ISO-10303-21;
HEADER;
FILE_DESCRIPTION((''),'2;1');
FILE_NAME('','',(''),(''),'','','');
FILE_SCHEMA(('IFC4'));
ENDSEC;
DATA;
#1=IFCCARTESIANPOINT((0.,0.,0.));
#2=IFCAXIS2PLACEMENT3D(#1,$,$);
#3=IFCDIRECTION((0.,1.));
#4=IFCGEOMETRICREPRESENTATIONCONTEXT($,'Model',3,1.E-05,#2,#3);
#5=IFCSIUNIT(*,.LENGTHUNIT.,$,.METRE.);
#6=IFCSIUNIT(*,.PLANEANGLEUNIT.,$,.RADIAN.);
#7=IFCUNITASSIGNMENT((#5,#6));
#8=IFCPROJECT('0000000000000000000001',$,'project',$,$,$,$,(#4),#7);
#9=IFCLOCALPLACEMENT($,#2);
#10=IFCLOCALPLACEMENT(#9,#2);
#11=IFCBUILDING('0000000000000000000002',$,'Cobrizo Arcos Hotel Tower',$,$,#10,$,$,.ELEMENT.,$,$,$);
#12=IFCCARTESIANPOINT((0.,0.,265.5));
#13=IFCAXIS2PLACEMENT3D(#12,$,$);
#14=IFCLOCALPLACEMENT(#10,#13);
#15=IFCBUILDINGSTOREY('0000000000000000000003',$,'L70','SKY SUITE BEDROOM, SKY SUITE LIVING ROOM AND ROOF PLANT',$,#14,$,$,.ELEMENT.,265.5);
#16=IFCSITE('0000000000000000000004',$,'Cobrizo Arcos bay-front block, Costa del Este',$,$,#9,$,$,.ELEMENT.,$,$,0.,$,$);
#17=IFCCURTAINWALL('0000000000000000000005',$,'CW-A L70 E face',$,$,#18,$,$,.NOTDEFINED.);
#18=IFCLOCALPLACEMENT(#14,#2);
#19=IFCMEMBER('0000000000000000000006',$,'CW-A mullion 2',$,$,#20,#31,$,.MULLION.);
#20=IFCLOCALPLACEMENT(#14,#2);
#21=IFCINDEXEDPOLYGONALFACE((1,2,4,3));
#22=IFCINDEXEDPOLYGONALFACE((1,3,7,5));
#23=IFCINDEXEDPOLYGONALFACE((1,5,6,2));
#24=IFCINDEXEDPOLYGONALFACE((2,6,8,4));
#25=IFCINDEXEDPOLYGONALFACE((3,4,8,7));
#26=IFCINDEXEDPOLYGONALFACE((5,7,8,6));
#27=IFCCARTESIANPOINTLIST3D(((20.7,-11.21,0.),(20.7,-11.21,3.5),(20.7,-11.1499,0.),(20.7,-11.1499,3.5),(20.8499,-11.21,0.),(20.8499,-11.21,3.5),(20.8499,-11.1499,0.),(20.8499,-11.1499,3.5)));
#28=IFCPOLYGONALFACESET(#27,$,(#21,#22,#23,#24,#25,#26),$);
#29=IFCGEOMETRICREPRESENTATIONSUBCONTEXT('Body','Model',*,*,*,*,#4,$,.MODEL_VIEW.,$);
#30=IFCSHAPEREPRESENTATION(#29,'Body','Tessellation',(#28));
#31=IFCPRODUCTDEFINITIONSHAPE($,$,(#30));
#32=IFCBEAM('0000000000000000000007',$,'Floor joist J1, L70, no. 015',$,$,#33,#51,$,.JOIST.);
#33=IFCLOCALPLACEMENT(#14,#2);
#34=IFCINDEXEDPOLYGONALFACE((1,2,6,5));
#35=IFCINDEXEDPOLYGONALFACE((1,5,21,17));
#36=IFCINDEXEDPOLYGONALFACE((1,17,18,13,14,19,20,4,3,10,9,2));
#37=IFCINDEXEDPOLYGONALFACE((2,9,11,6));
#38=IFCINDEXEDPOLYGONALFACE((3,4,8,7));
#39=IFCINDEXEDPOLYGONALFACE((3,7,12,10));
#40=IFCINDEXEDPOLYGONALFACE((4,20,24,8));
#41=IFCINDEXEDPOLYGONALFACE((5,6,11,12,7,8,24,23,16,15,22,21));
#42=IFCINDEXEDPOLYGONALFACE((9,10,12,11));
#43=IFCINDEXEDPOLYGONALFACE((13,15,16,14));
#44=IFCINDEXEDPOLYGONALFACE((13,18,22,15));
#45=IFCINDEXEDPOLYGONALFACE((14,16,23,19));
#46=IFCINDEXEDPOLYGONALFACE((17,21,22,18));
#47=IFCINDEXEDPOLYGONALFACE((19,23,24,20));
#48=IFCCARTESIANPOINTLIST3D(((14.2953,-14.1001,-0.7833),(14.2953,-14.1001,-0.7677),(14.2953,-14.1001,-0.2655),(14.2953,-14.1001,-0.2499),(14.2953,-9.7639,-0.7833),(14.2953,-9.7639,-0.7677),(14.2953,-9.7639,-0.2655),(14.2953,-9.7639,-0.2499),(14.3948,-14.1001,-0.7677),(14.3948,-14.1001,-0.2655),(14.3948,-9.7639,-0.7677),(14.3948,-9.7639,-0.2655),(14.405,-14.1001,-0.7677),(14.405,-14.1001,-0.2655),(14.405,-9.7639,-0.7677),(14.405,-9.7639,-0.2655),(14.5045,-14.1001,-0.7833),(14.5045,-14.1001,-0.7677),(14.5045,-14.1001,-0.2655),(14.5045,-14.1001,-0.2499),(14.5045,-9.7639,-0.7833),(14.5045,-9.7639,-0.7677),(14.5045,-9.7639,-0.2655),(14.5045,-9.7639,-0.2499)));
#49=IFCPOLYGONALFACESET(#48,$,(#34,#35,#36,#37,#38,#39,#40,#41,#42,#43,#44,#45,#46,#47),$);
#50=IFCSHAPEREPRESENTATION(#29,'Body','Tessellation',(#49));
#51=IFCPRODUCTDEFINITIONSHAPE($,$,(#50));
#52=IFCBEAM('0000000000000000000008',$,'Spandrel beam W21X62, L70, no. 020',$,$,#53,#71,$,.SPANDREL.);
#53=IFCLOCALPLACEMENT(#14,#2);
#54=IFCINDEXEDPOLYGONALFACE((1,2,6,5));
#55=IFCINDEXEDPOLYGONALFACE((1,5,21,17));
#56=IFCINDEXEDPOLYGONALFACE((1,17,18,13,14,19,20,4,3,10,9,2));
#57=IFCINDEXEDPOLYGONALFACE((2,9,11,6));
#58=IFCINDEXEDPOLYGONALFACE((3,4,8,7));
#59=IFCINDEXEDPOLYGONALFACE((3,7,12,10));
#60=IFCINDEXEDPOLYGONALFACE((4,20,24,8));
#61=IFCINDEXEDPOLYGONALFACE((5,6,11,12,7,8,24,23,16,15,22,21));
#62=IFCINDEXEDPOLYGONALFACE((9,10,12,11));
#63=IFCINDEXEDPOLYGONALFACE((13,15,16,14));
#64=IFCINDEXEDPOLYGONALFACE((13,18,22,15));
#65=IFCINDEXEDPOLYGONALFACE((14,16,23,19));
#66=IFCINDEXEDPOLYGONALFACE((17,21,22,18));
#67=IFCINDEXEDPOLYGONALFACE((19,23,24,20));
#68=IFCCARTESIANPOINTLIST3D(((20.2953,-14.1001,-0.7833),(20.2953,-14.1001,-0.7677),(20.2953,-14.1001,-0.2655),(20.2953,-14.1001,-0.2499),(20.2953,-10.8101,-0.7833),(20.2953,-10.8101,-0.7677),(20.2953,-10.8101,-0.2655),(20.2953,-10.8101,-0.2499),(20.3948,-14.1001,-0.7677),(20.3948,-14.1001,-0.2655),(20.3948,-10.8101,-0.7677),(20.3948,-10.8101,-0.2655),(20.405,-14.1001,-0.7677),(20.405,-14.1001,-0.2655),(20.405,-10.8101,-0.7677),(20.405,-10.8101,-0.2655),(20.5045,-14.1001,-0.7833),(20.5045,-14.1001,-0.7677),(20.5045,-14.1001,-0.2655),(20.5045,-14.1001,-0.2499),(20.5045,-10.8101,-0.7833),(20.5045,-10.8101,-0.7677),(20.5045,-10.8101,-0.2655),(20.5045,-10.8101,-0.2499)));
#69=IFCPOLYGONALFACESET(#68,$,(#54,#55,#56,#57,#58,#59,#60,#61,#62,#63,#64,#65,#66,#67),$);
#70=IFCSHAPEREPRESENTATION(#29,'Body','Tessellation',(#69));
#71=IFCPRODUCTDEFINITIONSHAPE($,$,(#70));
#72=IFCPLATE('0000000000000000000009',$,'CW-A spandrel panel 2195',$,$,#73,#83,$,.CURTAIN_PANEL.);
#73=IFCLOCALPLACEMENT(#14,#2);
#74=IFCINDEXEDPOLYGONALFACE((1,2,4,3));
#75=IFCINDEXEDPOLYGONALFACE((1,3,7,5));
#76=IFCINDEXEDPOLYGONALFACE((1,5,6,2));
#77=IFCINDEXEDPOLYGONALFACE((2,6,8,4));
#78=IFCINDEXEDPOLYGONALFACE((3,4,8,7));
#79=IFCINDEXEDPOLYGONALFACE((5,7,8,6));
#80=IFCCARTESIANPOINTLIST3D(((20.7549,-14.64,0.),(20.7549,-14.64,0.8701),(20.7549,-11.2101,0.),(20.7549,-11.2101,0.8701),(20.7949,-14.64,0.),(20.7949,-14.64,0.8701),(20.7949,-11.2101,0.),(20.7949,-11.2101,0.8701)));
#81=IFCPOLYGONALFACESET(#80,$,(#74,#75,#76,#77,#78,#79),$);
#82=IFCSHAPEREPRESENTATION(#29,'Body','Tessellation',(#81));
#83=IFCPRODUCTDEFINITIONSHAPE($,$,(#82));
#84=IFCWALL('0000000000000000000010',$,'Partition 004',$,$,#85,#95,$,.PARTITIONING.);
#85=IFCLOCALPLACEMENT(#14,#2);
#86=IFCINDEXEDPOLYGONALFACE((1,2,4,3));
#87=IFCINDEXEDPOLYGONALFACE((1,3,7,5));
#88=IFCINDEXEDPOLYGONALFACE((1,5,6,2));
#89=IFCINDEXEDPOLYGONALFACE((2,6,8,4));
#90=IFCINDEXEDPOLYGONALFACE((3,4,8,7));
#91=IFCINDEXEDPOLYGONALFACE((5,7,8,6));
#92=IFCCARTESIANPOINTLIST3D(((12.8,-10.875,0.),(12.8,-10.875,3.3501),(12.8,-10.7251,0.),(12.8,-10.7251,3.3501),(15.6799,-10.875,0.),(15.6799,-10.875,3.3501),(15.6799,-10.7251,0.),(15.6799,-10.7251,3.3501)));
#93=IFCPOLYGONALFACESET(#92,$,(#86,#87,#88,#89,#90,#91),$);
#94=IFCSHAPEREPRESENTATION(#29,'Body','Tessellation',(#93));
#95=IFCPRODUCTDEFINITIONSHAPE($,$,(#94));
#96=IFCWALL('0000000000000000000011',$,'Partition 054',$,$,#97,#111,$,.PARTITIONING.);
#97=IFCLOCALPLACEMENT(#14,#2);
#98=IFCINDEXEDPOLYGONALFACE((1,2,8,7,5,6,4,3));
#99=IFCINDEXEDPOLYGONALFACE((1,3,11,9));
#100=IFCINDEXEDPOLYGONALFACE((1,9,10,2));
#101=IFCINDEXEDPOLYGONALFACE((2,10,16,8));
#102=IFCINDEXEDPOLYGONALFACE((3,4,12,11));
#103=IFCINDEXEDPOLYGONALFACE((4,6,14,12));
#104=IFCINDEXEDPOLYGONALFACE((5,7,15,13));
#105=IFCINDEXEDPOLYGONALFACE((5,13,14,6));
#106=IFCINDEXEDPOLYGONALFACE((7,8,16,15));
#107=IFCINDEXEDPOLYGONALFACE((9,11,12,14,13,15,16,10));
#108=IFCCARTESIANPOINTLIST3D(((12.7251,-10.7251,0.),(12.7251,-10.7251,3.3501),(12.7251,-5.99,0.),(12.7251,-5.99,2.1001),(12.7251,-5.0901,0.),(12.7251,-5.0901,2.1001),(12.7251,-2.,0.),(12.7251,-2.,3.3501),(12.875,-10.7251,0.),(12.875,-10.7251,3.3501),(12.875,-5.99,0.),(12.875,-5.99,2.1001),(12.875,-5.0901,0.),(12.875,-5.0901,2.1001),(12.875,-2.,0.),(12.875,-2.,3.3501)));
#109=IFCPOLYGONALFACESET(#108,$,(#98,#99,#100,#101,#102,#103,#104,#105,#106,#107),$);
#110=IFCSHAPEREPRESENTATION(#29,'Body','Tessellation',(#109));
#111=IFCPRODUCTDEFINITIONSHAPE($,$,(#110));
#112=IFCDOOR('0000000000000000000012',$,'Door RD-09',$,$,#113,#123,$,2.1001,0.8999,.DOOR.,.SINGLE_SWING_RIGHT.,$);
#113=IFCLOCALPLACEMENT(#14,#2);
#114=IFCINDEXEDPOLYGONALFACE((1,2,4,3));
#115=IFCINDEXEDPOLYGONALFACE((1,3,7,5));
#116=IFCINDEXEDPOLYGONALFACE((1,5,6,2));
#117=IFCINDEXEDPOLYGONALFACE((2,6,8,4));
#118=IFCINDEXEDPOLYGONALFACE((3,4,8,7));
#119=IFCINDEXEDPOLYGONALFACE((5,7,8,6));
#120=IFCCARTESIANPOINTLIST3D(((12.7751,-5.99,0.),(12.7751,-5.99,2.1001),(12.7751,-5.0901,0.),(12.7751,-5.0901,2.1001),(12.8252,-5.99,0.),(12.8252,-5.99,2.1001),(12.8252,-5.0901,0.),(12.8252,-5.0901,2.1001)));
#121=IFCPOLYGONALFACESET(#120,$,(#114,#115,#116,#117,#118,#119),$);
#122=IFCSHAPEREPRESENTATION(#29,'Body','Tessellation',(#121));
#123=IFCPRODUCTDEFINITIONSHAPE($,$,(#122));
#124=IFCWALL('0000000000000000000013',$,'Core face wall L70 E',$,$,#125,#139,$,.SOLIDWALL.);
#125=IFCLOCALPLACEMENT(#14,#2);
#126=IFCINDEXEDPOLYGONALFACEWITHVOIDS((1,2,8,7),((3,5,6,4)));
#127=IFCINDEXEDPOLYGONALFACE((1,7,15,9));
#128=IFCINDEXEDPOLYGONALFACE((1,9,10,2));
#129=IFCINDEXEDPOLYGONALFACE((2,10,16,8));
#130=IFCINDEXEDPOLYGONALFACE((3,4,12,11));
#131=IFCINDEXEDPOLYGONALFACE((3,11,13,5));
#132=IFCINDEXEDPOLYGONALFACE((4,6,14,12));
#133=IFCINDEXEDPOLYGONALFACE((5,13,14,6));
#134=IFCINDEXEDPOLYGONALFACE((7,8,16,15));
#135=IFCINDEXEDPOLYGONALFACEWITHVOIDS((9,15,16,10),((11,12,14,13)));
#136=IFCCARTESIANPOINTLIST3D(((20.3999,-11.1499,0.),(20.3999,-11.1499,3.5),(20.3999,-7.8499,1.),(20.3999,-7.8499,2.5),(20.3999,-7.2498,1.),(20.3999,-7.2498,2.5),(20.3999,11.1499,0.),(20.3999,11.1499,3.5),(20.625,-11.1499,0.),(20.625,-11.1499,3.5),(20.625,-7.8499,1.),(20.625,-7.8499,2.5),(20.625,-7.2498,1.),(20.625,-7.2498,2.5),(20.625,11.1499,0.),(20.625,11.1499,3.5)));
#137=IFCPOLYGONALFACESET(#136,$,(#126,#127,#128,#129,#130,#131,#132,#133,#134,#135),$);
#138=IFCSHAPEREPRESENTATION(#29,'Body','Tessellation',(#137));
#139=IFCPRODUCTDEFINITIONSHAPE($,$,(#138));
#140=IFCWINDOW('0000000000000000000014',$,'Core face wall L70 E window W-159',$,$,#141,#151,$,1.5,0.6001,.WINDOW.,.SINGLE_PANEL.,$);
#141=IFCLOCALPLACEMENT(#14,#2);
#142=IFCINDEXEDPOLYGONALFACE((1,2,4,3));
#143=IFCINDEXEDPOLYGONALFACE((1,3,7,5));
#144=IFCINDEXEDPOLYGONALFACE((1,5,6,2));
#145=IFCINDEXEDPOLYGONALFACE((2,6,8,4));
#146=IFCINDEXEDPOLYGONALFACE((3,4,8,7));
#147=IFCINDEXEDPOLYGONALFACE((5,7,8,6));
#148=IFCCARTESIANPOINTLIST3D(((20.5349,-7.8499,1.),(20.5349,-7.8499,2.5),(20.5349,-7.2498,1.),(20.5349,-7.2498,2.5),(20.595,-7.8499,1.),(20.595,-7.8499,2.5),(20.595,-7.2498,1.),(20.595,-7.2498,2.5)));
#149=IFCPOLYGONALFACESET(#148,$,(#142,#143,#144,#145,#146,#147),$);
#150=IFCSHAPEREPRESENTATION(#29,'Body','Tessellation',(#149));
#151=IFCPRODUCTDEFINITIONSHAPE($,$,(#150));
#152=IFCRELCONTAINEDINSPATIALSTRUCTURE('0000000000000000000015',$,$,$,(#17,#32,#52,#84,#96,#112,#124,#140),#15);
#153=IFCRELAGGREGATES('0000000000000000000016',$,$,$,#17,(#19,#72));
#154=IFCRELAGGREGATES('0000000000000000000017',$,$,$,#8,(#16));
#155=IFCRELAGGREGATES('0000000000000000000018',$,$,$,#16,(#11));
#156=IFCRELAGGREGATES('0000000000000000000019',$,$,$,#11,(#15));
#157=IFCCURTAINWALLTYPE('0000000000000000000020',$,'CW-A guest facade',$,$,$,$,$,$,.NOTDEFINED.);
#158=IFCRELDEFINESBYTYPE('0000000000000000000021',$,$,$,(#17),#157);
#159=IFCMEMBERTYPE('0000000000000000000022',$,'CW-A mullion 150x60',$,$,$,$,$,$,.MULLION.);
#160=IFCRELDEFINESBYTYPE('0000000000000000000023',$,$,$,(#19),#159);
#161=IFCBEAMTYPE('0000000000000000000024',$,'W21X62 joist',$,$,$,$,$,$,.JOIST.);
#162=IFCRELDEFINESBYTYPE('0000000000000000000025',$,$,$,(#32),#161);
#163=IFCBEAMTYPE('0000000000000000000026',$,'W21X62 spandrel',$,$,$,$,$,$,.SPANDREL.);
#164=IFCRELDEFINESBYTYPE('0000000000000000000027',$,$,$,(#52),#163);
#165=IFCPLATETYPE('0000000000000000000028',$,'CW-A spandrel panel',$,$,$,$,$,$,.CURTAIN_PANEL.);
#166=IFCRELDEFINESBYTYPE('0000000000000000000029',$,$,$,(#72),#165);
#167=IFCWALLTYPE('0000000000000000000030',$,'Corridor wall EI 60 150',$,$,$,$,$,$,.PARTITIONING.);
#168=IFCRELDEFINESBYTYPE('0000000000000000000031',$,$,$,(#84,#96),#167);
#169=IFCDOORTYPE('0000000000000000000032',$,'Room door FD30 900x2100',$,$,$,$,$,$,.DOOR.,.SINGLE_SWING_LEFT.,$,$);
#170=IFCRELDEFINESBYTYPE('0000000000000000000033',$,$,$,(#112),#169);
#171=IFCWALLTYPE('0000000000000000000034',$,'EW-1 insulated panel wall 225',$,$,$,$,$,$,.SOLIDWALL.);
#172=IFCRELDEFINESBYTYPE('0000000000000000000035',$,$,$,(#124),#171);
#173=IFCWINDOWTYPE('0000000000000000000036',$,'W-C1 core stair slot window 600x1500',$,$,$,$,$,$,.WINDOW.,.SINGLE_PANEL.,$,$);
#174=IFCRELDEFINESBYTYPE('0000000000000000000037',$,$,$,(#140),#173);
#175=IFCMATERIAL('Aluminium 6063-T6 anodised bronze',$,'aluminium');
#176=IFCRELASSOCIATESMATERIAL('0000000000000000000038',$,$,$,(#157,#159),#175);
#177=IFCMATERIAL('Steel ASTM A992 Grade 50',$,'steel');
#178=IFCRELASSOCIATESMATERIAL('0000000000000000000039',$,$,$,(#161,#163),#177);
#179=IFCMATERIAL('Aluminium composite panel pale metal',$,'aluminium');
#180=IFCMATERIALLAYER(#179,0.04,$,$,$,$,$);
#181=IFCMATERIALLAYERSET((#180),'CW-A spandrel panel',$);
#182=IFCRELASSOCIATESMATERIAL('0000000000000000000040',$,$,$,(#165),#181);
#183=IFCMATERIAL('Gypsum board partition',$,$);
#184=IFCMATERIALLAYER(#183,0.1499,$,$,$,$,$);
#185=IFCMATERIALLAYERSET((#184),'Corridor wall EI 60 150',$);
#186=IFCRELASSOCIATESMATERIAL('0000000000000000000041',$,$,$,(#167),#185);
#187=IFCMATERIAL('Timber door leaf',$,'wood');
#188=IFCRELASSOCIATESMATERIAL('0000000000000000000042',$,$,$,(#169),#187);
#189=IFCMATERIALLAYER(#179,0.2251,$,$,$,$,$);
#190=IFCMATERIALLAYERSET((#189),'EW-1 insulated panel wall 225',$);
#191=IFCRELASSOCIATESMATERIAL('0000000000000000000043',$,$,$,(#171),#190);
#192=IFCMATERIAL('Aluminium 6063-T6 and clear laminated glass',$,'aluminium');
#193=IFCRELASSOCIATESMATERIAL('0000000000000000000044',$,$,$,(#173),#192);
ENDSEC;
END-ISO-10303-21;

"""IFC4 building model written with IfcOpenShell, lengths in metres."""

from ifc_helpers import new_model, si_unit, direction, frame, frame_2d, origin, origin_2d, place, context, subcontext, project, spatial, rectangle, i_section, extrude, material, layer, layer_set, material_profile, profile_set, type_object, element, fill, aggregate, save


model = new_model("IFC4")

# Units and contexts
model_context = context("Model", 3, precision=1e-05, world=origin(), true_north=direction((0.0, 1.0)))
body_context = subcontext(model_context, "Body", "Model", "MODEL_VIEW")
ifc_project = project(units=[si_unit("LENGTHUNIT", "METRE"), si_unit("PLANEANGLEUNIT", "RADIAN")], contexts=[model_context])

# Site, building, storey
site_placement = place(None, origin())
site = spatial("IfcSite", under=ifc_project, at=site_placement, Name="Cobrizo Arcos bay-front block, Costa del Este", CompositionType="ELEMENT", RefElevation=0.0)
building_placement = place(site_placement, origin())
building = spatial("IfcBuilding", under=site, at=building_placement, Name="Cobrizo Arcos Hotel Tower", CompositionType="ELEMENT")
storey_placement = place(building_placement, frame((0.0, 0.0, 265.5)))
storey = spatial("IfcBuildingStorey", under=building, at=storey_placement, Name="L70", Description="SKY SUITE BEDROOM, SKY SUITE LIVING ROOM AND ROOF PLANT", CompositionType="ELEMENT", Elevation=265.5)

# Curtain wall, member
ifc_material_1 = material(Name="Aluminium 6063-T6 anodised bronze", Category="aluminium")
curtain_wall_type = type_object("IfcCurtainWallType", Name="CW-A guest facade", PredefinedType="NOTDEFINED", material=ifc_material_1)
curtain_wall_placement = place(storey_placement, origin())
curtain_wall = element("IfcCurtainWall", 1, at=curtain_wall_placement, inside=storey, type_object=curtain_wall_type, Name="CW-A L70 E face", PredefinedType="NOTDEFINED")
ifc_material_profile_1 = material_profile(ifc_material_1, rectangle(XDim=0.1499, YDim=0.0601, at=origin_2d()), Name="CW-A mullion 150x60")
ifc_profile_set_1 = profile_set([ifc_material_profile_1], Name="Aluminium 6063-T6 anodised bronze")
member_type = type_object("IfcMemberType", Name="CW-A mullion 150x60", PredefinedType="MULLION", material=ifc_profile_set_1)
member_placement = place(storey_placement, frame((20.7749, -11.1799, 0.0), z_axis=(0.0, 0.0, 1.0), x_axis=(1.0, 0.0, 0.0)))
member = element("IfcMember", 2, at=member_placement, type_object=member_type, Name="CW-A mullion 2", PredefinedType="MULLION", context=body_context, shape_type="SweptSolid", body=[
    extrude(rectangle(XDim=0.1499, YDim=0.0601, at=origin_2d()), origin(), (0.0, 0.0, 1.0), 3.5),
])

# Beams
ifc_material_2 = material(Name="Steel ASTM A992 Grade 50", Category="steel")
ifc_material_profile_2 = material_profile(ifc_material_2, i_section(OverallWidth=0.2092, OverallDepth=0.5334, WebThickness=0.0103, FlangeThickness=0.0156, at=origin_2d()), Name="W21X62")
ifc_profile_set_2 = profile_set([ifc_material_profile_2], Name="Steel ASTM A992 Grade 50")
beam_type_1 = type_object("IfcBeamType", Name="W21X62 joist", PredefinedType="JOIST", material=ifc_profile_set_2)
beam_1_placement = place(storey_placement, frame((14.3999, -14.1001, -0.5166), z_axis=(0.0, 1.0, 0.0), x_axis=(-1.0, 0.0, 0.0)))
element("IfcBeam", 3, at=beam_1_placement, inside=storey, type_object=beam_type_1, Name="Floor joist J1, L70, no. 015", PredefinedType="JOIST", context=body_context, shape_type="SweptSolid", body=[
    extrude(i_section(OverallWidth=0.2092, OverallDepth=0.5334, WebThickness=0.0103, FlangeThickness=0.0156, at=origin_2d()), origin(), (0.0, 0.0, 1.0), 4.3362),
])
ifc_material_profile_3 = material_profile(ifc_material_2, i_section(OverallWidth=0.2092, OverallDepth=0.5334, WebThickness=0.0103, FlangeThickness=0.0156, at=origin_2d()), Name="W21X62")
ifc_profile_set_3 = profile_set([ifc_material_profile_3], Name="Steel ASTM A992 Grade 50")
beam_type_2 = type_object("IfcBeamType", Name="W21X62 spandrel", PredefinedType="SPANDREL", material=ifc_profile_set_3)
beam_2_placement = place(storey_placement, frame((20.3999, -10.8101, -0.5166), z_axis=(0.0, -1.0, 0.0), x_axis=(1.0, 0.0, 0.0)))
element("IfcBeam", 4, at=beam_2_placement, inside=storey, type_object=beam_type_2, Name="Spandrel beam W21X62, L70, no. 020", PredefinedType="SPANDREL", context=body_context, shape_type="SweptSolid", body=[
    extrude(i_section(OverallWidth=0.2092, OverallDepth=0.5334, WebThickness=0.0103, FlangeThickness=0.0156, at=origin_2d()), origin(), (0.0, 0.0, 1.0), 3.29),
])

# Plate
ifc_material_3 = material(Name="Aluminium composite panel pale metal", Category="aluminium")
ifc_layer_1 = layer(ifc_material_3, 0.04)
ifc_layer_set_1 = layer_set([ifc_layer_1], Name="CW-A spandrel panel")
plate_type = type_object("IfcPlateType", Name="CW-A spandrel panel", PredefinedType="CURTAIN_PANEL", material=ifc_layer_set_1)
plate_placement = place(storey_placement, frame((20.7749, -12.925, 0.0), z_axis=(0.0, 0.0, 1.0), x_axis=(0.0, 1.0, 0.0)))
plate = element("IfcPlate", 5, at=plate_placement, type_object=plate_type, Name="CW-A spandrel panel 2195", PredefinedType="CURTAIN_PANEL", context=body_context, shape_type="SweptSolid", body=[
    extrude(rectangle(XDim=3.4299, YDim=0.04, at=origin_2d()), origin(), (0.0, 0.0, 1.0), 0.8701),
])
aggregate(curtain_wall, [member, plate])

# Wall
ifc_material_4 = material(Name="Gypsum board partition")
ifc_layer_2 = layer(ifc_material_4, 0.1499)
ifc_layer_set_2 = layer_set([ifc_layer_2], Name="Corridor wall EI 60 150")
wall_type_1 = type_object("IfcWallType", Name="Corridor wall EI 60 150", PredefinedType="PARTITIONING", material=ifc_layer_set_2)
wall_1_placement = place(storey_placement, frame((12.8, -10.8, 0.0), z_axis=(0.0, 0.0, 1.0), x_axis=(1.0, 0.0, 0.0)))
element("IfcWall", 6, at=wall_1_placement, inside=storey, type_object=wall_type_1, Name="Partition 004", PredefinedType="PARTITIONING", context=body_context, shape_type="SweptSolid", body=[
    extrude(rectangle(XDim=2.8799, YDim=0.1499, at=frame_2d((1.4399, 0.0))), origin(), (0.0, 0.0, 1.0), 3.3501),
])

# Wall, opening, door
wall_2_placement = place(storey_placement, frame((12.8, -10.7251, 0.0), z_axis=(0.0, 0.0, 1.0), x_axis=(0.0, 1.0, 0.0)))
wall_2 = element("IfcWall", 7, at=wall_2_placement, inside=storey, type_object=wall_type_1, Name="Partition 054", PredefinedType="PARTITIONING", context=body_context, shape_type="SweptSolid", body=[
    extrude(rectangle(XDim=8.7251, YDim=0.1499, at=frame_2d((4.3625, 0.0))), origin(), (0.0, 0.0, 1.0), 3.3501),
])
opening_1_placement = place(wall_2_placement, frame((4.7351, 0.0, 0.0)))
opening_1 = element("IfcOpeningElement", 8, at=opening_1_placement, cuts=wall_2, PredefinedType="OPENING", context=body_context, shape_type="SweptSolid", body=[
    extrude(rectangle(XDim=0.8999, YDim=2.1001, at=frame_2d((0.45, 1.05))), frame((0.0, 0.0869, 0.0), z_axis=(0.0, -1.0, 0.0), x_axis=(1.0, 0.0, 0.0)), (0.0, 0.0, 1.0), 0.1738),
])
ifc_material_5 = material(Name="Timber door leaf", Category="wood")
door_type_1 = type_object("IfcDoorType", Name="Room door FD30 900x2100", OperationType="SINGLE_SWING_LEFT", PredefinedType="DOOR", material=ifc_material_5)
door_1_placement = place(opening_1_placement, origin())
door_1 = element("IfcDoor", 9, at=door_1_placement, inside=storey, type_object=door_type_1, Name="Door RD-09", OperationType="SINGLE_SWING_RIGHT", OverallHeight=2.1001, OverallWidth=0.8999, PredefinedType="DOOR", context=body_context, shape_type="SweptSolid", body=[
    extrude(rectangle(XDim=0.8999, YDim=2.1001, at=frame_2d((0.45, 1.05))), frame((0.0, 0.0249, 0.0), z_axis=(0.0, -1.0, 0.0), x_axis=(1.0, 0.0, 0.0)), (0.0, 0.0, 1.0), 0.05),
])
fill(opening_1, door_1)

# Wall, opening, window
ifc_layer_3 = layer(ifc_material_3, 0.2251)
ifc_layer_set_3 = layer_set([ifc_layer_3], Name="EW-1 insulated panel wall 225")
wall_type_2 = type_object("IfcWallType", Name="EW-1 insulated panel wall 225", PredefinedType="SOLIDWALL", material=ifc_layer_set_3)
wall_3_placement = place(storey_placement, frame((20.5125, -11.1499, 0.0), z_axis=(0.0, 0.0, 1.0), x_axis=(0.0, 1.0, 0.0)))
wall_3 = element("IfcWall", 10, at=wall_3_placement, inside=storey, type_object=wall_type_2, Name="Core face wall L70 E", PredefinedType="SOLIDWALL", context=body_context, shape_type="SweptSolid", body=[
    extrude(rectangle(XDim=22.2998, YDim=0.2251, at=frame_2d((11.1499, 0.0))), origin(), (0.0, 0.0, 1.0), 3.5),
])
opening_2_placement = place(wall_3_placement, frame((3.3, 0.0, 1.0)))
opening_2 = element("IfcOpeningElement", 11, at=opening_2_placement, cuts=wall_3, PredefinedType="OPENING", context=body_context, shape_type="SweptSolid", body=[
    extrude(rectangle(XDim=0.6001, YDim=1.5, at=frame_2d((0.3, 0.75))), frame((0.0, 0.1245, 0.0), z_axis=(0.0, -1.0, 0.0), x_axis=(1.0, 0.0, 0.0)), (0.0, 0.0, 1.0), 0.249),
])
ifc_material_6 = material(Name="Aluminium 6063-T6 and clear laminated glass", Category="aluminium")
window_type = type_object("IfcWindowType", Name="W-C1 core stair slot window 600x1500", PartitioningType="SINGLE_PANEL", PredefinedType="WINDOW", material=ifc_material_6)
window_placement = place(opening_2_placement, origin())
window = element("IfcWindow", 12, at=window_placement, inside=storey, type_object=window_type, Name="Core face wall L70 E window W-159", OverallHeight=1.5, OverallWidth=0.6001, PartitioningType="SINGLE_PANEL", PredefinedType="WINDOW", context=body_context, shape_type="SweptSolid", body=[
    extrude(rectangle(XDim=0.6001, YDim=1.5, at=frame_2d((0.3, 0.75))), frame((0.0, -0.0225, 0.0), z_axis=(0.0, -1.0, 0.0), x_axis=(1.0, 0.0, 0.0)), (0.0, 0.0, 1.0), 0.0601),
])
fill(opening_2, window)

save(model, "model.ifc")
